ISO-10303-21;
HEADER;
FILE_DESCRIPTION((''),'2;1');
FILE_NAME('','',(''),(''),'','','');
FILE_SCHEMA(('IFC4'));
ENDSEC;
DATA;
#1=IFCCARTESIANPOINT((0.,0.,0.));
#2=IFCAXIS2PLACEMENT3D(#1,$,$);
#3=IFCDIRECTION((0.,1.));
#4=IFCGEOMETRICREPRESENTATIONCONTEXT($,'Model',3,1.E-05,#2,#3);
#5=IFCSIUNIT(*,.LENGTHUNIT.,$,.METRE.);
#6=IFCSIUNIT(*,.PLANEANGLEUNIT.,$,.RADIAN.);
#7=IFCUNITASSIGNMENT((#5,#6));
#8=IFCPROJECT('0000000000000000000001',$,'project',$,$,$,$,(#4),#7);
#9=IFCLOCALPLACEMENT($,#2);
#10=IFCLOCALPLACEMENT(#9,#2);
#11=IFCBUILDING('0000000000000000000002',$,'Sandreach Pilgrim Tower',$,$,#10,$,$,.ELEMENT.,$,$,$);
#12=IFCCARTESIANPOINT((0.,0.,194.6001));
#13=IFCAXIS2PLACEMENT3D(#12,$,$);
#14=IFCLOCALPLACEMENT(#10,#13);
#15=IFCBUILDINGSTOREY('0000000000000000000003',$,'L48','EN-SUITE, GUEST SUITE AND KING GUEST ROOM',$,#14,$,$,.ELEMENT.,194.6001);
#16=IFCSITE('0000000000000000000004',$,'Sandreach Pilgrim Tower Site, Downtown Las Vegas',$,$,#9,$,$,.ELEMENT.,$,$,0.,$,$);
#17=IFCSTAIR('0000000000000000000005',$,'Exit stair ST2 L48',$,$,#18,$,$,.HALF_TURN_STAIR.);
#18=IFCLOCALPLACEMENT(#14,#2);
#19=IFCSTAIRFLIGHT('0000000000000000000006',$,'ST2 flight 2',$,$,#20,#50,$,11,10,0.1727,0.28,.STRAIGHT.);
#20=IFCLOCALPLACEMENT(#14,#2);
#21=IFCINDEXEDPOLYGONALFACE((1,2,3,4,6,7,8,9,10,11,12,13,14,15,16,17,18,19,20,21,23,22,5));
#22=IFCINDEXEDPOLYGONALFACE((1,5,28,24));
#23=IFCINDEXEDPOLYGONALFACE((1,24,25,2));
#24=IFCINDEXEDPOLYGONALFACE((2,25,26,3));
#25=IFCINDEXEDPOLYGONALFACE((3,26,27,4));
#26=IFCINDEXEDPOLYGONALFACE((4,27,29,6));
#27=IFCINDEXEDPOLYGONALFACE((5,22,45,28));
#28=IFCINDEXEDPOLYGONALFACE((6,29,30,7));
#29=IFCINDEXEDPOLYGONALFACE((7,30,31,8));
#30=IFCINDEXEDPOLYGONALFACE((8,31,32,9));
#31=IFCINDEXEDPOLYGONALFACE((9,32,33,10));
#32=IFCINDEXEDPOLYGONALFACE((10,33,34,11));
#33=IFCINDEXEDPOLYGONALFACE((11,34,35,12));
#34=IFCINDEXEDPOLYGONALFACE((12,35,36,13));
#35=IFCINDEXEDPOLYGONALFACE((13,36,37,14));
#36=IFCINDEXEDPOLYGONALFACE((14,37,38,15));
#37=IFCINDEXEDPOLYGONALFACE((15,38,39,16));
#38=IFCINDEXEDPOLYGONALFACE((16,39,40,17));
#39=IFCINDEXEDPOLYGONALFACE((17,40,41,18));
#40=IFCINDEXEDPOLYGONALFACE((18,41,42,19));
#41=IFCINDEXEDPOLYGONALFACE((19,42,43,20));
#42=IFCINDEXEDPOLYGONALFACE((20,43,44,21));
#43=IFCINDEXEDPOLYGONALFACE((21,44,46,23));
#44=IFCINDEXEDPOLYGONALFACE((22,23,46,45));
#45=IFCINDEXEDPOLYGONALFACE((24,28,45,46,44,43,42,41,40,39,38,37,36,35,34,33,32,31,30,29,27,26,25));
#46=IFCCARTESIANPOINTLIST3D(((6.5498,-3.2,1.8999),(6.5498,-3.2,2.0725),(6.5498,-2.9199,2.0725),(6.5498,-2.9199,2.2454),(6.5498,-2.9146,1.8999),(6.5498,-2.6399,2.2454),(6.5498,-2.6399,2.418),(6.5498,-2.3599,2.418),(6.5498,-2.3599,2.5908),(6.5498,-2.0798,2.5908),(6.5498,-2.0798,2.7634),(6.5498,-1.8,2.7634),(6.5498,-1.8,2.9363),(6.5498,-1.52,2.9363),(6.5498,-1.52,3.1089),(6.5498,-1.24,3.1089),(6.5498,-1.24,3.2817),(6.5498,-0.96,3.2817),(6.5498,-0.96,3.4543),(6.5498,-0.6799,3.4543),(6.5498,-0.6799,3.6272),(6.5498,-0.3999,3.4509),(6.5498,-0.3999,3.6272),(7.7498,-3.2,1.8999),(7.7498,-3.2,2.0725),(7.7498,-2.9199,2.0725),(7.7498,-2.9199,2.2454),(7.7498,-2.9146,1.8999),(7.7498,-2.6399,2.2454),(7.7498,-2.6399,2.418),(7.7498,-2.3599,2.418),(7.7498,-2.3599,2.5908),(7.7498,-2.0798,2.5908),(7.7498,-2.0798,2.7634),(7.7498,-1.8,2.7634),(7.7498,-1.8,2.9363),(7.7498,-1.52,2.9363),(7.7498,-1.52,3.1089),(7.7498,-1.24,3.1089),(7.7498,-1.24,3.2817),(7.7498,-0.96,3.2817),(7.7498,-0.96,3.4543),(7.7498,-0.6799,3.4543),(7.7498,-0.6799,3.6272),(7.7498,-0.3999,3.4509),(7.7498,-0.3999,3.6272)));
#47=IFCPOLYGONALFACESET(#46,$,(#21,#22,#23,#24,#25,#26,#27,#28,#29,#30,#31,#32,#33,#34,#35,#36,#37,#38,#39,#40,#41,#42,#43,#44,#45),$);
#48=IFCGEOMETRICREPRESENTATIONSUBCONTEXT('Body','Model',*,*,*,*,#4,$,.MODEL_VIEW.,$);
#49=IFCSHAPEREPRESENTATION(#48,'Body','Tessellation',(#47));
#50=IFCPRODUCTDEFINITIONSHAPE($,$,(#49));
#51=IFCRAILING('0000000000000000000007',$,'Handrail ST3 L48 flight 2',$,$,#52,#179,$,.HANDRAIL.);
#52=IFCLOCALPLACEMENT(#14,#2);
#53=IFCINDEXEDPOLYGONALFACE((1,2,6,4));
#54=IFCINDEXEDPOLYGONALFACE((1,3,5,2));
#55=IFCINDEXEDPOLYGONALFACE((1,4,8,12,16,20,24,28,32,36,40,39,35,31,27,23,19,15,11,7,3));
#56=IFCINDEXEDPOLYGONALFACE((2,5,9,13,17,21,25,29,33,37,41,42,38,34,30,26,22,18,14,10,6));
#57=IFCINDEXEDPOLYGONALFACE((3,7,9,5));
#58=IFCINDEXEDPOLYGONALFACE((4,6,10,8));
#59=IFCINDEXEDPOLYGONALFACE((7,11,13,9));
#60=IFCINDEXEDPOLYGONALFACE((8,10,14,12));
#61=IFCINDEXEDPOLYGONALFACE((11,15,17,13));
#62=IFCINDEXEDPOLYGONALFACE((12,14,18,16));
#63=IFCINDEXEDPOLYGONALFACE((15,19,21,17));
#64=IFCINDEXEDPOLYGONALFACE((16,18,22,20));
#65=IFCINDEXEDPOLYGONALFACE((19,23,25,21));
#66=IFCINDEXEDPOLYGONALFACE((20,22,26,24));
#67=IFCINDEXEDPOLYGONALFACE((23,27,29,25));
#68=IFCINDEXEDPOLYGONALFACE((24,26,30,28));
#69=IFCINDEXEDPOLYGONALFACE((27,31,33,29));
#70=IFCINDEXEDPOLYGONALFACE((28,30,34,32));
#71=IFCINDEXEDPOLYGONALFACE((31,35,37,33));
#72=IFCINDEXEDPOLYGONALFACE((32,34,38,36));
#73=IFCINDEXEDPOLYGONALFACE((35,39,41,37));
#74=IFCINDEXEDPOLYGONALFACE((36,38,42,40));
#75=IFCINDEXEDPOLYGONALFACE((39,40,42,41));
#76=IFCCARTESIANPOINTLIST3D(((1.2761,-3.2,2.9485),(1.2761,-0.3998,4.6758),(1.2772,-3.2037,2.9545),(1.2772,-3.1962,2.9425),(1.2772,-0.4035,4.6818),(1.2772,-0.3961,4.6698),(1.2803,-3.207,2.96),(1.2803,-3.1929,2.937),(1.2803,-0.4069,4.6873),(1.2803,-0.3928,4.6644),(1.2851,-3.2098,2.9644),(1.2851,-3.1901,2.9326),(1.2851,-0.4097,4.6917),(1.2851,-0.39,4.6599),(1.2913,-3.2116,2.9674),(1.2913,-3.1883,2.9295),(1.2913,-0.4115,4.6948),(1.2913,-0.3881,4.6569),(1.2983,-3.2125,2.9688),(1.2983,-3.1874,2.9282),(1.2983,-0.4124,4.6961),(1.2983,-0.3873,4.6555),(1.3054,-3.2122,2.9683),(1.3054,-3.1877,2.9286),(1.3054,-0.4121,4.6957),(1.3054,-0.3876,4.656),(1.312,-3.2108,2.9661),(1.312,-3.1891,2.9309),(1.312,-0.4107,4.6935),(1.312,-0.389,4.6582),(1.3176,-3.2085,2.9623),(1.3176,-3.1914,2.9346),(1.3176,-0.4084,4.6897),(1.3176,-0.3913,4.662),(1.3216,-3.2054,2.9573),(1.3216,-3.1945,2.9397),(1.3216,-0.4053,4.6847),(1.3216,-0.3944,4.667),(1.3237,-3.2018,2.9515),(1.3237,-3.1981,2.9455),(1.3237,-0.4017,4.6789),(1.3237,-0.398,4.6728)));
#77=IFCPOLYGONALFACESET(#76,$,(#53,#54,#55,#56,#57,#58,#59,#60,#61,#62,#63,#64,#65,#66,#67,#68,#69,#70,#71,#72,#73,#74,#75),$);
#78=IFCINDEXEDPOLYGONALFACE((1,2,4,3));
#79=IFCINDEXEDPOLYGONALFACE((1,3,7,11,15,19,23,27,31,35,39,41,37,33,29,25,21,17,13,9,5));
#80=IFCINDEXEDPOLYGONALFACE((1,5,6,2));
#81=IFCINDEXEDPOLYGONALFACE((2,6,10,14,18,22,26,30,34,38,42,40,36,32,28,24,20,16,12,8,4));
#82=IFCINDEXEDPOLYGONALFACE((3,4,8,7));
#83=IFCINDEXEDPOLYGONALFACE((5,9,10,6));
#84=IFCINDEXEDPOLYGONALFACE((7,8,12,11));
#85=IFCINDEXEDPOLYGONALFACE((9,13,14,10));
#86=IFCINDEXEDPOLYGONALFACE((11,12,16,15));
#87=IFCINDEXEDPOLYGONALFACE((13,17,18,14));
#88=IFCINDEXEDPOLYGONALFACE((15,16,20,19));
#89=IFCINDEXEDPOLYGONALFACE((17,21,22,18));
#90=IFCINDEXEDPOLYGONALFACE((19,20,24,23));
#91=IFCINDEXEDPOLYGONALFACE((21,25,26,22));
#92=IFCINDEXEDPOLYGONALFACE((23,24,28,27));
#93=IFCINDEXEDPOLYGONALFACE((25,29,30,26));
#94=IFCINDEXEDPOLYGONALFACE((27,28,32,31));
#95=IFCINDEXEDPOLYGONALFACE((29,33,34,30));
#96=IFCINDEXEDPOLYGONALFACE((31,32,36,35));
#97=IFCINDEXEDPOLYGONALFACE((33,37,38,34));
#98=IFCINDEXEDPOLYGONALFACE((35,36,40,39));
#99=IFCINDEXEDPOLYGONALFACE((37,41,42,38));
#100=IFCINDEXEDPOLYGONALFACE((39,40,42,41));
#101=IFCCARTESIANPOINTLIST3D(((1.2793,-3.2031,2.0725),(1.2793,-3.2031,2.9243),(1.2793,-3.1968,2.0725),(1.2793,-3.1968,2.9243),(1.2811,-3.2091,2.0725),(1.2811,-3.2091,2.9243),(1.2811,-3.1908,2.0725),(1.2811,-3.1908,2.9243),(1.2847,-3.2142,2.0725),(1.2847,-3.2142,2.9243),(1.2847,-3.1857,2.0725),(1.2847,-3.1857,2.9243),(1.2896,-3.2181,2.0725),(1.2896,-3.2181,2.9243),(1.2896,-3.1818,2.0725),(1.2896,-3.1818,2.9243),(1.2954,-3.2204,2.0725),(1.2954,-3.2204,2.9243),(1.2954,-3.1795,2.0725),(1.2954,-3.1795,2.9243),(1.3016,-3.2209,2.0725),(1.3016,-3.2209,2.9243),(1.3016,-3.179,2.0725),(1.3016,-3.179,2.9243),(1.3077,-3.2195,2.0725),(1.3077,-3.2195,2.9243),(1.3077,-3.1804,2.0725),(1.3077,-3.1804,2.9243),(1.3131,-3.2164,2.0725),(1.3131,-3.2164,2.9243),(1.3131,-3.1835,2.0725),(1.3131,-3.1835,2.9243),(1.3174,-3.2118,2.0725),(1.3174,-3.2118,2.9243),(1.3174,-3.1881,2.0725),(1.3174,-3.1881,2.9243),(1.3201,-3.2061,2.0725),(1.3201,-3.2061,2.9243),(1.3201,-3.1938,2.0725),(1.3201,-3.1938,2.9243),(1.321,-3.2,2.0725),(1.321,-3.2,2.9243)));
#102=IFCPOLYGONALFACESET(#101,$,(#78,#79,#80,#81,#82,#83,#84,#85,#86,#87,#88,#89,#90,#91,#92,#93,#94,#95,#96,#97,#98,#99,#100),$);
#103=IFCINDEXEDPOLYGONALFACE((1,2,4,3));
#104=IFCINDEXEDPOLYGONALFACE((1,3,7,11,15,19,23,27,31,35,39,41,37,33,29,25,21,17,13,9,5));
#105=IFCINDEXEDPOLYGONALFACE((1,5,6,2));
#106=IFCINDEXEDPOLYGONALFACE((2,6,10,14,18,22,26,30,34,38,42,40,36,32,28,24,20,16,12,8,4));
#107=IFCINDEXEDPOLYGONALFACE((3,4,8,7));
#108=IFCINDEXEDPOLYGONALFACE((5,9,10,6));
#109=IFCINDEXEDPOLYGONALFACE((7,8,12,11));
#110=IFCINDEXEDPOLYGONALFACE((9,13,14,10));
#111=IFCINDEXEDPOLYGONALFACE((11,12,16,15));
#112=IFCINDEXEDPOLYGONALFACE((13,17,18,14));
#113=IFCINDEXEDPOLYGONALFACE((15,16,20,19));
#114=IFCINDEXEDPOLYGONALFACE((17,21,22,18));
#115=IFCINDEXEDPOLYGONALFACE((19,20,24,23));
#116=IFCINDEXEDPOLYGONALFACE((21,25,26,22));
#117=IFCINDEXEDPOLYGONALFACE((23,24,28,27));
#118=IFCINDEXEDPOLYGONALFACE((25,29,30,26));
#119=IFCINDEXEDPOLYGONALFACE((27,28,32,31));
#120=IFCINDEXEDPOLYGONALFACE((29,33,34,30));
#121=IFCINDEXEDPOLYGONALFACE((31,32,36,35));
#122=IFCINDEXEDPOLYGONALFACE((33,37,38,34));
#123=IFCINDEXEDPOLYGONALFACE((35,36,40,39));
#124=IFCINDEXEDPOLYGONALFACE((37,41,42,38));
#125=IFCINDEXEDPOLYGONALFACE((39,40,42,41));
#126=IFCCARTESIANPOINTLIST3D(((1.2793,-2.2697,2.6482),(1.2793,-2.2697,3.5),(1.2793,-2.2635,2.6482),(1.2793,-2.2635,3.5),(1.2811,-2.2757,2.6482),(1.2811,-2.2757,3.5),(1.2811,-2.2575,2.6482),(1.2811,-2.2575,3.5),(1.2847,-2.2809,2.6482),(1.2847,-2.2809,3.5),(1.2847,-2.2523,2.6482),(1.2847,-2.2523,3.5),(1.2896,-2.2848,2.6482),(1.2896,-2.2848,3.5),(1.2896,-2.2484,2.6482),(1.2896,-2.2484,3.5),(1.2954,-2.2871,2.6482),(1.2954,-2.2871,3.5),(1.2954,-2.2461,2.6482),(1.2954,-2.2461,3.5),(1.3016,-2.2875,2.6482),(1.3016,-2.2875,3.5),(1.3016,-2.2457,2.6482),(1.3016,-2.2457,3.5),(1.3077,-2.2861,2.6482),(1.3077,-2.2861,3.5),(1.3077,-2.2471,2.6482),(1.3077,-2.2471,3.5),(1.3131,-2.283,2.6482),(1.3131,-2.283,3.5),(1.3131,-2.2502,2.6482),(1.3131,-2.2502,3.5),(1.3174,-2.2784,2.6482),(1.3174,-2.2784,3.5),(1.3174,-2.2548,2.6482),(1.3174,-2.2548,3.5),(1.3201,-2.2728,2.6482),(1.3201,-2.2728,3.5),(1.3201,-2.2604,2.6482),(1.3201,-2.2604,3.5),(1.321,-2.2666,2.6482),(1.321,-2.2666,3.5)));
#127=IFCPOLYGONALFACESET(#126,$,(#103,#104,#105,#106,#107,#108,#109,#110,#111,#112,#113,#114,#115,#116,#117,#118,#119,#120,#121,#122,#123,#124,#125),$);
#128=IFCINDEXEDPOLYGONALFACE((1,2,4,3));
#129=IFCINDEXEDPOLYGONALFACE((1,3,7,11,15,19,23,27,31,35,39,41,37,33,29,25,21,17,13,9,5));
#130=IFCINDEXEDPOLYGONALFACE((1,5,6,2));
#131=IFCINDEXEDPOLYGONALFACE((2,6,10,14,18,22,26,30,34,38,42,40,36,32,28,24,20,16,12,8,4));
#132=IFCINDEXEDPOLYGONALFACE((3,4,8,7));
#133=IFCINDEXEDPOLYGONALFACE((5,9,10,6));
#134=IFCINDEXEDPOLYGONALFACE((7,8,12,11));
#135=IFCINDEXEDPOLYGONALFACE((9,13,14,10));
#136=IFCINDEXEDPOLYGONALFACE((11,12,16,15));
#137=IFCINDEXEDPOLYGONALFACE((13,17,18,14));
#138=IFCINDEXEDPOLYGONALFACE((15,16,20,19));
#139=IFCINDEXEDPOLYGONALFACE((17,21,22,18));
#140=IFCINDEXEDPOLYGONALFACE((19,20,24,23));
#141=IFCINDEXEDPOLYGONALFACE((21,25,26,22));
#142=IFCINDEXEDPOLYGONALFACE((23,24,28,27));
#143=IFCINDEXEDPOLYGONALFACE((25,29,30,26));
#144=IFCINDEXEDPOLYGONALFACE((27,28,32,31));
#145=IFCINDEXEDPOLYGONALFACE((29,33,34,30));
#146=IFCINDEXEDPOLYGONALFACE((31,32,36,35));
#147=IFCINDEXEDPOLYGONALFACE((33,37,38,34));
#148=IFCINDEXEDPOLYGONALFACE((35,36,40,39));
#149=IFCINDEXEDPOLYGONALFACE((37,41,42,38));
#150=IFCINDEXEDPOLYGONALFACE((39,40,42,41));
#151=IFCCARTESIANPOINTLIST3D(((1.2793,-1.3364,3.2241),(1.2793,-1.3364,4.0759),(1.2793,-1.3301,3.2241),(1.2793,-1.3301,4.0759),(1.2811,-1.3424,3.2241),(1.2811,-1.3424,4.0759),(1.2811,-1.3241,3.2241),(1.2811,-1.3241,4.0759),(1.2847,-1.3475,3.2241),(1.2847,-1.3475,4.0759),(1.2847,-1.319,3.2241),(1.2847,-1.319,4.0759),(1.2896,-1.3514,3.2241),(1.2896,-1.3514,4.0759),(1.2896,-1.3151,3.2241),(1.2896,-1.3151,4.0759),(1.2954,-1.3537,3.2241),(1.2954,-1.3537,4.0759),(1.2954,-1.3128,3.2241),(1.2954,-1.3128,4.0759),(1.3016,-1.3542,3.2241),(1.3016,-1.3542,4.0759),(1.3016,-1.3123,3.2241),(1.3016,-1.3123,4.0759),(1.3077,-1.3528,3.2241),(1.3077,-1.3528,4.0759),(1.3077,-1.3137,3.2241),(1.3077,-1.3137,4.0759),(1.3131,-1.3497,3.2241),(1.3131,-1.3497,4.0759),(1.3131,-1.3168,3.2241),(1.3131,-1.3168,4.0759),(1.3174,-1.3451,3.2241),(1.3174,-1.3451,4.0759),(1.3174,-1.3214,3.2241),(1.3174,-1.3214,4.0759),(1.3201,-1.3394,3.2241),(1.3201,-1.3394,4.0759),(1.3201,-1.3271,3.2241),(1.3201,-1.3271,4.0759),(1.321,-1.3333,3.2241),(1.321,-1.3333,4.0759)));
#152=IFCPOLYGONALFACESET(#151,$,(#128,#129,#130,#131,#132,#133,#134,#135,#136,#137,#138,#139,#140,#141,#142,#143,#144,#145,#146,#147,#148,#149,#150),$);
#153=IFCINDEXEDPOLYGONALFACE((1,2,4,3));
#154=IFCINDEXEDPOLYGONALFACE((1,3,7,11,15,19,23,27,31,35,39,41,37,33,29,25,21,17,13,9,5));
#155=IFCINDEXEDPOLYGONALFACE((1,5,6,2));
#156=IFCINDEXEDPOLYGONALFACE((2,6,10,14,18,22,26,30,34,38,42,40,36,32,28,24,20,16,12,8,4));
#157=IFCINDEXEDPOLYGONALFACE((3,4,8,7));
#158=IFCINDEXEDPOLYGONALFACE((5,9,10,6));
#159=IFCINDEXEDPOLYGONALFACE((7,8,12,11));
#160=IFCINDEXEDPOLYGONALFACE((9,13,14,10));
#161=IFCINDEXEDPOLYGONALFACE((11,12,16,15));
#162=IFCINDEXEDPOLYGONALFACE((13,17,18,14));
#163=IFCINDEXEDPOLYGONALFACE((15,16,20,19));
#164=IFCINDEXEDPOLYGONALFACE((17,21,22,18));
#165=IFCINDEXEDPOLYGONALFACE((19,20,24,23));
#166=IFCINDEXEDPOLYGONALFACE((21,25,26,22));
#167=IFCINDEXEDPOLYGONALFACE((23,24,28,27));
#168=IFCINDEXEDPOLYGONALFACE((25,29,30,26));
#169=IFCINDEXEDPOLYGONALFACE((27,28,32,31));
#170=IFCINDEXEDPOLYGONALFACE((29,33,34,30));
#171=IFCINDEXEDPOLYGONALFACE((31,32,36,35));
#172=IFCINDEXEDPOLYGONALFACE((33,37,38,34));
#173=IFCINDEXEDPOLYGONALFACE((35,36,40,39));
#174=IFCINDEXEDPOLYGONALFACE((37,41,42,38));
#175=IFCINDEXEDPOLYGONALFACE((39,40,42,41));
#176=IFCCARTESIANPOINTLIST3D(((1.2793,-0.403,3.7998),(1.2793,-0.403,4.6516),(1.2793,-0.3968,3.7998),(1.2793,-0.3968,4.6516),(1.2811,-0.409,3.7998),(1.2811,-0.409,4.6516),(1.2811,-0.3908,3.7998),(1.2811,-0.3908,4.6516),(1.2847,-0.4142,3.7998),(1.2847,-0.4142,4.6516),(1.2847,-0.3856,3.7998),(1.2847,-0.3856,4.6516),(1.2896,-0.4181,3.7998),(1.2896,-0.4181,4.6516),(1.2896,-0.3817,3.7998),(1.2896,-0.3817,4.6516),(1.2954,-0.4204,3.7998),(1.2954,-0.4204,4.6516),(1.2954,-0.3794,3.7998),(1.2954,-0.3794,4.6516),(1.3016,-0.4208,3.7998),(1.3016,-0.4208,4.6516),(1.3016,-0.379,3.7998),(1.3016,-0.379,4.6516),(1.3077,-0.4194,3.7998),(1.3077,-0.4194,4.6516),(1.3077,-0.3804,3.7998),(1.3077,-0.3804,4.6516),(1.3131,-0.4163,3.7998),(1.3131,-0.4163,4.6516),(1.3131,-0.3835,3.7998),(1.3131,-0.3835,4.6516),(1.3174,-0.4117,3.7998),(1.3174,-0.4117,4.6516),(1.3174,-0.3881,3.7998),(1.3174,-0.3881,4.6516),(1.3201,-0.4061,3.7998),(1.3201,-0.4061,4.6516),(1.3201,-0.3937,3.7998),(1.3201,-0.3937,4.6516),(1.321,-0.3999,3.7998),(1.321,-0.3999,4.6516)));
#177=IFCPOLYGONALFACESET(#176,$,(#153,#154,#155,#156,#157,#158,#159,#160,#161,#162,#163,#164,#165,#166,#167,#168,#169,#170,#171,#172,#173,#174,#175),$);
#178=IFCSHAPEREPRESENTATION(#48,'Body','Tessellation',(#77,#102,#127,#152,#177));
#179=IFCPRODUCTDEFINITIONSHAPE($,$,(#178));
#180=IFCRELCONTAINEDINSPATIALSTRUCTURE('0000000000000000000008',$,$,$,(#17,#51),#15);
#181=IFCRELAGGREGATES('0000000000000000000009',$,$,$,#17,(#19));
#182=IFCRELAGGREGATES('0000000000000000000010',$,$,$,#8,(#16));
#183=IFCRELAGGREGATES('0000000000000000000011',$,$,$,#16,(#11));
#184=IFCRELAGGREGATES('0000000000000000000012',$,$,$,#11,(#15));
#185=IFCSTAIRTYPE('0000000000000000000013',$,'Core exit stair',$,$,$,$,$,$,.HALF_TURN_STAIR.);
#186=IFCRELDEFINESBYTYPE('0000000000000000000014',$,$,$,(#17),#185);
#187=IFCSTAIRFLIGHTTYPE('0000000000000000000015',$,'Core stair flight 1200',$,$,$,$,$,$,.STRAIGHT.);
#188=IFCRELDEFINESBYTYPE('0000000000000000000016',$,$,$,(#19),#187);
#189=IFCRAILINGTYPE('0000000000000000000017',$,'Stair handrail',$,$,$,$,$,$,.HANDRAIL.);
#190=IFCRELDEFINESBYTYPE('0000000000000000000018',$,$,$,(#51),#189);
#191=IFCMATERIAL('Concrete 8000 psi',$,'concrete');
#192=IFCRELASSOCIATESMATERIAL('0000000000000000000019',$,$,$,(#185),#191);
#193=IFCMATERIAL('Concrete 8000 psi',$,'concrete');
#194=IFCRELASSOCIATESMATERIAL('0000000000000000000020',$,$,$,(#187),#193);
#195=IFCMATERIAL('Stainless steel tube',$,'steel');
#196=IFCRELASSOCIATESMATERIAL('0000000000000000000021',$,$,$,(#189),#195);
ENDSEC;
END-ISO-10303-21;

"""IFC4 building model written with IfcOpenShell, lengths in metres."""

from ifc_helpers import new_model, si_unit, direction, frame, origin, origin_2d, place, context, subcontext, project, spatial, polyline, circle, outline, extrude, material, type_object, element, aggregate, save


model = new_model("IFC4")

# Units and contexts
model_context = context("Model", 3, precision=1e-05, world=origin(), true_north=direction((0.0, 1.0)))
body_context = subcontext(model_context, "Body", "Model", "MODEL_VIEW")
ifc_project = project(units=[si_unit("LENGTHUNIT", "METRE"), si_unit("PLANEANGLEUNIT", "RADIAN")], contexts=[model_context])

# Site, building, storey
site_placement = place(None, origin())
site = spatial("IfcSite", under=ifc_project, at=site_placement, Name="Sandreach Pilgrim Tower Site, Downtown Las Vegas", CompositionType="ELEMENT", RefElevation=0.0)
building_placement = place(site_placement, origin())
building = spatial("IfcBuilding", under=site, at=building_placement, Name="Sandreach Pilgrim Tower", CompositionType="ELEMENT")
storey_placement = place(building_placement, frame((0.0, 0.0, 194.6001)))
storey = spatial("IfcBuildingStorey", under=building, at=storey_placement, Name="L48", Description="EN-SUITE, GUEST SUITE AND KING GUEST ROOM", CompositionType="ELEMENT", Elevation=194.6001)

# Shared definitions
ifc_material_1 = material(Name="Concrete 8000 psi", Category="concrete")
stair_type = type_object("IfcStairType", Name="Core exit stair", PredefinedType="HALF_TURN_STAIR", material=ifc_material_1)

# Shared definitions
ifc_material_2 = material(Name="Concrete 8000 psi", Category="concrete")
stair_flight_type = type_object("IfcStairFlightType", Name="Core stair flight 1200", PredefinedType="STRAIGHT", material=ifc_material_2)

# Stair, stair flight
stair_1_placement = place(storey_placement, origin())
stair_1 = element("IfcStair", 1, at=stair_1_placement, inside=storey, type_object=stair_type, Name="Exit stair ST2 L48", PredefinedType="HALF_TURN_STAIR")
stair_flight_1_placement = place(storey_placement, frame((7.1499, -3.2, 1.8999), z_axis=(0.0, 0.0, 1.0), x_axis=(0.0, 1.0, 0.0)))
stair_flight_1 = element("IfcStairFlight", 2, at=stair_flight_1_placement, type_object=stair_flight_type, Name="ST2 flight 2", NumberOfRisers=11, NumberOfTreads=10, PredefinedType="STRAIGHT", RiserHeight=0.1727, TreadLength=0.28, context=body_context, shape_type="SweptSolid", body=[
    extrude(outline(polyline([(0.0, 0.0), (0.0, 0.1726), (0.28, 0.1726), (0.28, 0.3455), (0.5601, 0.3455), (0.5601, 0.5181), (0.8401, 0.5181), (0.8401, 0.6909), (1.1201, 0.6909), (1.1201, 0.8635), (1.3999, 0.8635), (1.3999, 1.0364), (1.6799, 1.0364), (1.6799, 1.209), (1.96, 1.209), (1.96, 1.3818), (2.24, 1.3818), (2.24, 1.5544), (2.52, 1.5544), (2.52, 1.7273), (2.8, 1.7273), (2.8, 1.8999), (2.8, 1.551), (0.2854, 0.0), (0.0, 0.0)])), frame((0.0, 0.6001, 0.0), z_axis=(0.0, -1.0, 0.0), x_axis=(1.0, 0.0, 0.0)), (0.0, 0.0, 1.0), 1.2),
])
aggregate(stair_1, [stair_flight_1])

# Railing
ifc_material_3 = material(Name="Stainless steel tube", Category="steel")
railing_type = type_object("IfcRailingType", Name="Stair handrail", PredefinedType="HANDRAIL", material=ifc_material_3)
railing_placement = place(storey_placement, frame((1.3, -3.2, 2.0725)))
element("IfcRailing", 3, at=railing_placement, inside=storey, type_object=railing_type, Name="Handrail ST3 L48 flight 2", PredefinedType="HANDRAIL", context=body_context, shape_type="SweptSolid", body=[
    extrude(circle(Radius=0.0239, at=origin_2d()), frame((0.0, 0.0, 0.876), z_axis=(0.0, 0.85109, 0.52502), x_axis=(-1.0, 0.0, 0.0)), (0.0, 0.0, 1.0), 3.29),
    extrude(circle(Radius=0.021, at=origin_2d()), origin(), (0.0, 0.0, 1.0), 0.8518),
    extrude(circle(Radius=0.021, at=origin_2d()), frame((0.0, 0.9333, 0.5757)), (0.0, 0.0, 1.0), 0.8518),
    extrude(circle(Radius=0.021, at=origin_2d()), frame((0.0, 1.8667, 1.1516)), (0.0, 0.0, 1.0), 0.8518),
    extrude(circle(Radius=0.021, at=origin_2d()), frame((0.0, 2.8, 1.7273)), (0.0, 0.0, 1.0), 0.8518),
])

save(model, "model.ifc")
